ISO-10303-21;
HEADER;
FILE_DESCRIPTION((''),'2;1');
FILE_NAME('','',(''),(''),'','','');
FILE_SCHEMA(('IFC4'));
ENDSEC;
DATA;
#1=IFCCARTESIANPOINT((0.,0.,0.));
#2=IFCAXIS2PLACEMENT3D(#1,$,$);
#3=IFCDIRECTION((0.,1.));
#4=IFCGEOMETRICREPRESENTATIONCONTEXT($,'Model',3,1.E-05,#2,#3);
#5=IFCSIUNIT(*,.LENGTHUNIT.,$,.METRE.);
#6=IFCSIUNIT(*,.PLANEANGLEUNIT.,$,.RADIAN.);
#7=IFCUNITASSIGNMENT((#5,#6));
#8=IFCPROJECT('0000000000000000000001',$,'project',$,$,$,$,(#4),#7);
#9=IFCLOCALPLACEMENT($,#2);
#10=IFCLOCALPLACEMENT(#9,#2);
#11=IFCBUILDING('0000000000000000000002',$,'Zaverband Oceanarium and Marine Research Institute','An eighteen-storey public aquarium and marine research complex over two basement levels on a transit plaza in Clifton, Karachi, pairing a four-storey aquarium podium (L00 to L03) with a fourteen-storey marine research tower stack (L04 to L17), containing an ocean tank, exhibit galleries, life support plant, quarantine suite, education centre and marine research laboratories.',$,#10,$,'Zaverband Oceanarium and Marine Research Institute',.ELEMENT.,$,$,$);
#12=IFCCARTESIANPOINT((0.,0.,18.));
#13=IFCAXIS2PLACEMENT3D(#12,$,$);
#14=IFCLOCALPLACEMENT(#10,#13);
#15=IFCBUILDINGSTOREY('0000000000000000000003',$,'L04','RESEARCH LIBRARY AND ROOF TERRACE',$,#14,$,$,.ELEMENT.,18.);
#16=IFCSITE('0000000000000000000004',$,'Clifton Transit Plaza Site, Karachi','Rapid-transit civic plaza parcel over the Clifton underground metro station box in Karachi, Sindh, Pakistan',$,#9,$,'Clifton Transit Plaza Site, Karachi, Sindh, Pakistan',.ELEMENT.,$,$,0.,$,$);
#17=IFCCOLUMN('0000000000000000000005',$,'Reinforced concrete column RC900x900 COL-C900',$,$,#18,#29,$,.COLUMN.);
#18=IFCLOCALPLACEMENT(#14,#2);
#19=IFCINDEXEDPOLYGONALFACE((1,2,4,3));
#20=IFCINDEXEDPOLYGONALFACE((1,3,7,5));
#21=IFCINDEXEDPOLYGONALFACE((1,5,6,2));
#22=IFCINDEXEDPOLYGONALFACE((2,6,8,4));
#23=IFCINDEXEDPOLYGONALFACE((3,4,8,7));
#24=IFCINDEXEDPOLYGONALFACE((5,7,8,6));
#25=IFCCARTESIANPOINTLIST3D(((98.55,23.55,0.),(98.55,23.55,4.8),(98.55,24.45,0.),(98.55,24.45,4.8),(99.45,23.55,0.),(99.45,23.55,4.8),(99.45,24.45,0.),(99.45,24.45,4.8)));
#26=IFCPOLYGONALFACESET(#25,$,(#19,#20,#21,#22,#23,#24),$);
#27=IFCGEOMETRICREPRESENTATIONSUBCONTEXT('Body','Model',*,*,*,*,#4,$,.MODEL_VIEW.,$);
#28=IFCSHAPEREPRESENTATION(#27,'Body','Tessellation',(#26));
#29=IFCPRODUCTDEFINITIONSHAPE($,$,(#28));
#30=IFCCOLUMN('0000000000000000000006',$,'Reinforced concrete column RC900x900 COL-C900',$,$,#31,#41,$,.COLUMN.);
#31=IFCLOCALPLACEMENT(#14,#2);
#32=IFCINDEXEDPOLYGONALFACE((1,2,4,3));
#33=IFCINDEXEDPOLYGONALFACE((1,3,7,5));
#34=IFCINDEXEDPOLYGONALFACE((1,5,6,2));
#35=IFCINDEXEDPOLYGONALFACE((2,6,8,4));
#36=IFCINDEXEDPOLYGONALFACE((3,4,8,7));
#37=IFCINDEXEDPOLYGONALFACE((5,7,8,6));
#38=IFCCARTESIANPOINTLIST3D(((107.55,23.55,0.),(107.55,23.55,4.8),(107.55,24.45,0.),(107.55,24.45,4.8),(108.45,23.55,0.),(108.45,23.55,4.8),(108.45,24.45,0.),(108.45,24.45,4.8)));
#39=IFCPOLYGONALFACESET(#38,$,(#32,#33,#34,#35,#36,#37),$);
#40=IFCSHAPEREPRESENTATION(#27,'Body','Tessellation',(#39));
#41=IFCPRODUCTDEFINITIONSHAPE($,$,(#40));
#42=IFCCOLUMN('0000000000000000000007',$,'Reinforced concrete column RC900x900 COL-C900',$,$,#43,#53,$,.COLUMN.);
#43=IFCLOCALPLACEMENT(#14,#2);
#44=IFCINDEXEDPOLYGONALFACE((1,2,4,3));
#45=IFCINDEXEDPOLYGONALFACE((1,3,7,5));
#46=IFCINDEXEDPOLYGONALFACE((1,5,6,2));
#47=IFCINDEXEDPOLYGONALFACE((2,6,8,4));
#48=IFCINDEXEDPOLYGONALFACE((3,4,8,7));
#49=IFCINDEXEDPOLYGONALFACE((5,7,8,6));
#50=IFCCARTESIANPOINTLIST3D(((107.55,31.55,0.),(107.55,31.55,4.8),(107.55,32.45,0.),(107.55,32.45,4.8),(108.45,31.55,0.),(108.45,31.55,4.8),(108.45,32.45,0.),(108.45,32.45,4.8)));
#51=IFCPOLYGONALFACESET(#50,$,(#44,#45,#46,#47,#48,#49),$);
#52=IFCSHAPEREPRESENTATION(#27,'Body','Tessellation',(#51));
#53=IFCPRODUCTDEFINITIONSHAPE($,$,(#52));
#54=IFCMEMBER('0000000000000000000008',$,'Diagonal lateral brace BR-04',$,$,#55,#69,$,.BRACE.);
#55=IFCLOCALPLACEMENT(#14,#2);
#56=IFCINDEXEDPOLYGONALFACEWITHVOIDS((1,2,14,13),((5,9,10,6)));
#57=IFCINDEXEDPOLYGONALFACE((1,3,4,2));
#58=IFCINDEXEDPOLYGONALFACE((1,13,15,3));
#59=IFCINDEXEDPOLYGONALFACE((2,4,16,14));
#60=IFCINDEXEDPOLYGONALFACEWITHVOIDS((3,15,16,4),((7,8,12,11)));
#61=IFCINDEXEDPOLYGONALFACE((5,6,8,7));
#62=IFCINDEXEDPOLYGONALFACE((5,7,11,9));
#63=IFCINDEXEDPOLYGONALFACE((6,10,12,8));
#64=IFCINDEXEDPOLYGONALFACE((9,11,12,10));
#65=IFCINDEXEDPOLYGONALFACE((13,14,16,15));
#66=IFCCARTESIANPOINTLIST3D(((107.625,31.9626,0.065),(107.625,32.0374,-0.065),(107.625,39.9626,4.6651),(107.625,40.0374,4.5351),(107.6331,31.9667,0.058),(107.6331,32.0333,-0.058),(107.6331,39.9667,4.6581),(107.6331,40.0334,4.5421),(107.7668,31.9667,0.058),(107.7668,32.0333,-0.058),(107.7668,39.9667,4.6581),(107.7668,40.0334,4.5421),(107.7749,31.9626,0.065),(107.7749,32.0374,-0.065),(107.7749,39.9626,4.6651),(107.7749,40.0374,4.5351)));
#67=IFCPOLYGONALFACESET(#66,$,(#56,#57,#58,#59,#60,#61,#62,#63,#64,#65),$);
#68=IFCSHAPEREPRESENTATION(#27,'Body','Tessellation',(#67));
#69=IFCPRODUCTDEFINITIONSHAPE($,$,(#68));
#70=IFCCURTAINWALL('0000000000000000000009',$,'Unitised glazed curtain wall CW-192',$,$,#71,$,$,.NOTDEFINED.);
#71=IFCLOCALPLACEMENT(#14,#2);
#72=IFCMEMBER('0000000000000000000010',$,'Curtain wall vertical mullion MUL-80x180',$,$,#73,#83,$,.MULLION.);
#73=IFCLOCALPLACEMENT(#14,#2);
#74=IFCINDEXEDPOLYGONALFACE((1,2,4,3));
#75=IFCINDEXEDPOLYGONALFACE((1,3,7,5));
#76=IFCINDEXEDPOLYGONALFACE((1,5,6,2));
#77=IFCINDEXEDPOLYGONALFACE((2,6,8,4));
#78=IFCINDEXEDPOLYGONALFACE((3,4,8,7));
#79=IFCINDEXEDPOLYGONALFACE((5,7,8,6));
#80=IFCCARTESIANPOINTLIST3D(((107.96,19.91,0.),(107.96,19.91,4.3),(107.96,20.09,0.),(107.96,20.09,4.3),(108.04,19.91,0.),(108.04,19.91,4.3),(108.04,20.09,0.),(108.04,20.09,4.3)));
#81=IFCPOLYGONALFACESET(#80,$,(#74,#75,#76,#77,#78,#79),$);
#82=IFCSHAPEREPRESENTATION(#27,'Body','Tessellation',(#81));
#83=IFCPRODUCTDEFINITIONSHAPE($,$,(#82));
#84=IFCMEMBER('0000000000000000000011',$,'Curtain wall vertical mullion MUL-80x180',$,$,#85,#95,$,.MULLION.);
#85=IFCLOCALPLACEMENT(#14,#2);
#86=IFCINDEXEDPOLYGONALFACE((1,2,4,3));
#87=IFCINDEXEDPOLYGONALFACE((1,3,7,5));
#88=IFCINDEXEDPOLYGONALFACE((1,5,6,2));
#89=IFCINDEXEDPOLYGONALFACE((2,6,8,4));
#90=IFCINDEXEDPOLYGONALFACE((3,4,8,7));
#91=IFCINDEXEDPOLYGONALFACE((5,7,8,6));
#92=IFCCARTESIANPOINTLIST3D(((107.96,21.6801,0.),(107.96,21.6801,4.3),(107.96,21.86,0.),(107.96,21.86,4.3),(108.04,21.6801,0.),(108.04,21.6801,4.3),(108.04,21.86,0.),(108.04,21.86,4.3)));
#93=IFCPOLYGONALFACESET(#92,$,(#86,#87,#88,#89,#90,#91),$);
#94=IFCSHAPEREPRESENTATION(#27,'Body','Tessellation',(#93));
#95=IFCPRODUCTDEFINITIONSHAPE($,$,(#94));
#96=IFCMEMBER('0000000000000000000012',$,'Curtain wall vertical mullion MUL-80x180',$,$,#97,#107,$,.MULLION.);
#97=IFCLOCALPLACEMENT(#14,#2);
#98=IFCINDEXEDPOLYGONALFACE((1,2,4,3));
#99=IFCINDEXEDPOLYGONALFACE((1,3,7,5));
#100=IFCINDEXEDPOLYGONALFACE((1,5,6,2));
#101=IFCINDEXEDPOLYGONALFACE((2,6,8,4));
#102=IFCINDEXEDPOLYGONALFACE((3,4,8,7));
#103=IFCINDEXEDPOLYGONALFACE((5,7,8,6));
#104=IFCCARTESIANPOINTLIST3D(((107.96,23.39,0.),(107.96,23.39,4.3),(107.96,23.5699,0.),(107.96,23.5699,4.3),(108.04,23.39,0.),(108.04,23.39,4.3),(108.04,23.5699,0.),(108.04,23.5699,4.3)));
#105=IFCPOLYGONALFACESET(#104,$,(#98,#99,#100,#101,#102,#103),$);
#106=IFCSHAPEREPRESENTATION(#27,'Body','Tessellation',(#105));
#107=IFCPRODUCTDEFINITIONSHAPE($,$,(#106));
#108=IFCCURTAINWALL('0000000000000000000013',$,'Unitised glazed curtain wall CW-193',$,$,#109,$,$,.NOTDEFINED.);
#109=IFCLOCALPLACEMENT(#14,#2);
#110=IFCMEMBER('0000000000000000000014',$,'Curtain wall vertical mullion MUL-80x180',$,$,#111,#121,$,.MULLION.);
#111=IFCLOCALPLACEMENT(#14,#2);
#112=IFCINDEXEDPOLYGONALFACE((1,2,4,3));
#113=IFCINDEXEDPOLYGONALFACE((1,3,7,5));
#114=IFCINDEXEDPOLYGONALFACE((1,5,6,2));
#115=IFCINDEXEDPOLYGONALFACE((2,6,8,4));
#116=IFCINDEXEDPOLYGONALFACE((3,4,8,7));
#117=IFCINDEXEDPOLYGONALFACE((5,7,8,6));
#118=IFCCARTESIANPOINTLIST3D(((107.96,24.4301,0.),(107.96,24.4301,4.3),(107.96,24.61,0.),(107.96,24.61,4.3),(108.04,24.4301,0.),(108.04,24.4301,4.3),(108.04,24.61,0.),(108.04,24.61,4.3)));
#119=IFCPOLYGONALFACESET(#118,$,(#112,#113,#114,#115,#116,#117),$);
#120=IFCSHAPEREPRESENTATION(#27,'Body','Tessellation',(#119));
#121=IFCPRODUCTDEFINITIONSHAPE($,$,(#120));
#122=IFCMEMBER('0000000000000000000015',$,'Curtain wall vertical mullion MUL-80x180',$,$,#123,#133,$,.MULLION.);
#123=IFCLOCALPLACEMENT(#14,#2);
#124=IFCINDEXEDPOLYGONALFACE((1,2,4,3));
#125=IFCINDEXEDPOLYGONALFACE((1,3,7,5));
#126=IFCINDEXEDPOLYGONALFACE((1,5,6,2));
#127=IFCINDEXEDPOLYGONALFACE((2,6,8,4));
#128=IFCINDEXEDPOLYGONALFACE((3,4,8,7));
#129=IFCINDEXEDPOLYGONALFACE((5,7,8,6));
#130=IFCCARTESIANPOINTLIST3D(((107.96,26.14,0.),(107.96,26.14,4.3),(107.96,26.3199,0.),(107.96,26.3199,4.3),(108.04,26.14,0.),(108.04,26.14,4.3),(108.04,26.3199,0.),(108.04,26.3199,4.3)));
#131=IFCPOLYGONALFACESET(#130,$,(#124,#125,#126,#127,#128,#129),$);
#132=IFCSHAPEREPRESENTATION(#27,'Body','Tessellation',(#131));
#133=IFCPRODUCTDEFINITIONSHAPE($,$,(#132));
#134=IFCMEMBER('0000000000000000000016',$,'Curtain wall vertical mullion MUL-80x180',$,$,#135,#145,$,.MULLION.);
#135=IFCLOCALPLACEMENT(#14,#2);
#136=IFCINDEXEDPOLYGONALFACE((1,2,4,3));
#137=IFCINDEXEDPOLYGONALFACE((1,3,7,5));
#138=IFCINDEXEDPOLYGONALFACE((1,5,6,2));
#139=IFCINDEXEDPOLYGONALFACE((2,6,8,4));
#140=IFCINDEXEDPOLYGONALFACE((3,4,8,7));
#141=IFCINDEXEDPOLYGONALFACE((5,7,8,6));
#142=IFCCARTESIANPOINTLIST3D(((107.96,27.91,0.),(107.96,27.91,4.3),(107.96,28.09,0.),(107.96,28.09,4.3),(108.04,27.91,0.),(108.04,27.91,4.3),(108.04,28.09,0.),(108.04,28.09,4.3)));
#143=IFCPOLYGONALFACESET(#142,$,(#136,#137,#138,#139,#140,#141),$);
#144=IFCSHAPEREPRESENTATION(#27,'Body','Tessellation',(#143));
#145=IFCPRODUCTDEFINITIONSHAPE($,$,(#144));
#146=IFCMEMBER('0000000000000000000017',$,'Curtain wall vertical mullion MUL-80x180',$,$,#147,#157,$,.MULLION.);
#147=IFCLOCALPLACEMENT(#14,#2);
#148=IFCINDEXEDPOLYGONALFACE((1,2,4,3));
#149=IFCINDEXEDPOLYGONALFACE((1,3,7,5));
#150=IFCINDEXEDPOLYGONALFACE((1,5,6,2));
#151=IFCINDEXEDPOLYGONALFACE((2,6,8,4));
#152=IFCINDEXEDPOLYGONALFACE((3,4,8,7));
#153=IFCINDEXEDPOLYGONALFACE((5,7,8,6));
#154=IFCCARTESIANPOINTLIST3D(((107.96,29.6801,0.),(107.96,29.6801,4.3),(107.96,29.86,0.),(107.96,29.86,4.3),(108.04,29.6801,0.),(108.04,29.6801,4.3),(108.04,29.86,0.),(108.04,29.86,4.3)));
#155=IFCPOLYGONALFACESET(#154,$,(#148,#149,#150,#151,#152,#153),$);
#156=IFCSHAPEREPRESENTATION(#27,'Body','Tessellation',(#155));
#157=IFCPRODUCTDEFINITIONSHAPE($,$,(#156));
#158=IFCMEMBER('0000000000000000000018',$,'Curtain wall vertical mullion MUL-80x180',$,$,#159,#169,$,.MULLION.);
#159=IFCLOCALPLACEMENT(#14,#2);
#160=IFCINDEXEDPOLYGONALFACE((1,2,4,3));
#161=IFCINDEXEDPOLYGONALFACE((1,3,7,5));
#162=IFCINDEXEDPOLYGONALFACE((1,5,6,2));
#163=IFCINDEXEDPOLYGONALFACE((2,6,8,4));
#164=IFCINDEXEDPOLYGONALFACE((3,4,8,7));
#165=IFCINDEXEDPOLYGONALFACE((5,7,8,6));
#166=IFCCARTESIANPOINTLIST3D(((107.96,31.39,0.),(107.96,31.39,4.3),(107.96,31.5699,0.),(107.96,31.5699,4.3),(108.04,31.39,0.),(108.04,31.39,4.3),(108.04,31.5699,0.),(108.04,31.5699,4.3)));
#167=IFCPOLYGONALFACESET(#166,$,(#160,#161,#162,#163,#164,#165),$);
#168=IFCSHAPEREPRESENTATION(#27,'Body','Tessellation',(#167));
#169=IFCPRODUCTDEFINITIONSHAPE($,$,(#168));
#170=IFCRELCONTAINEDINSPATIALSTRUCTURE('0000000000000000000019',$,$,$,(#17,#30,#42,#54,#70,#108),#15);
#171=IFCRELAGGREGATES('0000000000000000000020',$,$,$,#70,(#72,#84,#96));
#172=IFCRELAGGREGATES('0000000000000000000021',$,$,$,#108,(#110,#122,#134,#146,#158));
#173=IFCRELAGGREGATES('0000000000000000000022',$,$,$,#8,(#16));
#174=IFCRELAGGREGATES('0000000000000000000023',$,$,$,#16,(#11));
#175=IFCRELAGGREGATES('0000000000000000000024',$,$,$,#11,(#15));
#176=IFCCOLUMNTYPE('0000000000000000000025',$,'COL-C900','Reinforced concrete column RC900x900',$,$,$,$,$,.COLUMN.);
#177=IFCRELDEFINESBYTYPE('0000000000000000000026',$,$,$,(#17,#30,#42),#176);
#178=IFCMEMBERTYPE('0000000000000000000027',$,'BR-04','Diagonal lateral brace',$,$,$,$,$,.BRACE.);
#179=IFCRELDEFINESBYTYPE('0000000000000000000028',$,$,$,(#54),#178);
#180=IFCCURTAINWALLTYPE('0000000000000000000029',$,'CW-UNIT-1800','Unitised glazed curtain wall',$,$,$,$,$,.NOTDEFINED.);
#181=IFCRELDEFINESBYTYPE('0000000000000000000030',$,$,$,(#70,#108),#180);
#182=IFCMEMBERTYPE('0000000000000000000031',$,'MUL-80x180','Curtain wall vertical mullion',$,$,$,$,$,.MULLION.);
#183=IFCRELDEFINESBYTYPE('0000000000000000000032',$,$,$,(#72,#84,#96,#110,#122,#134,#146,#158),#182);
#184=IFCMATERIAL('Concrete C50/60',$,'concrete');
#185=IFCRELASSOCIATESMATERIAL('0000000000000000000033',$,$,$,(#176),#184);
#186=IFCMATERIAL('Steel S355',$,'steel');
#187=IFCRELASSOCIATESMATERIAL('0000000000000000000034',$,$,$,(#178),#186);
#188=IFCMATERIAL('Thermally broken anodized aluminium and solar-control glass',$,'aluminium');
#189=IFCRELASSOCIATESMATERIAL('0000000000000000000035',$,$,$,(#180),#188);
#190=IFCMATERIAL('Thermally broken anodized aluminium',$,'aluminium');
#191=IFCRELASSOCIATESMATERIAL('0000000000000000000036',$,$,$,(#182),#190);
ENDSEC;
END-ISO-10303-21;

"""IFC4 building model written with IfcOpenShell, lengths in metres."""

from ifc_helpers import new_model, si_unit, direction, frame, origin, origin_2d, place, context, subcontext, project, spatial, rectangle, hollow_rectangle, extrude, material, material_profile, profile_set, type_object, element, aggregate, save


model = new_model("IFC4")

# Units and contexts
model_context = context("Model", 3, precision=1e-05, world=origin(), true_north=direction((0.0, 1.0)))
body_context = subcontext(model_context, "Body", "Model", "MODEL_VIEW")
ifc_project = project(units=[si_unit("LENGTHUNIT", "METRE"), si_unit("PLANEANGLEUNIT", "RADIAN")], contexts=[model_context])

# Site, building, storey
site_placement = place(None, origin())
site = spatial("IfcSite", under=ifc_project, at=site_placement, Name="Clifton Transit Plaza Site, Karachi", Description="Rapid-transit civic plaza parcel over the Clifton underground metro station box in Karachi, Sindh, Pakistan", LongName="Clifton Transit Plaza Site, Karachi, Sindh, Pakistan", CompositionType="ELEMENT", RefElevation=0.0)
building_placement = place(site_placement, origin())
building = spatial("IfcBuilding", under=site, at=building_placement, Name="Zaverband Oceanarium and Marine Research Institute", Description="An eighteen-storey public aquarium and marine research complex over two basement levels on a transit plaza in Clifton, Karachi, pairing a four-storey aquarium podium (L00 to L03) with a fourteen-storey marine research tower stack (L04 to L17), containing an ocean tank, exhibit galleries, life support plant, quarantine suite, education centre and marine research laboratories.", LongName="Zaverband Oceanarium and Marine Research Institute", CompositionType="ELEMENT")
storey_placement = place(building_placement, frame((0.0, 0.0, 18.0)))
storey = spatial("IfcBuildingStorey", under=building, at=storey_placement, Name="L04", Description="RESEARCH LIBRARY AND ROOF TERRACE", CompositionType="ELEMENT", Elevation=18.0)

# Columns
ifc_material_1 = material(Name="Concrete C50/60", Category="concrete")
ifc_material_profile_1 = material_profile(ifc_material_1, rectangle(XDim=0.8999, YDim=0.8999, at=origin_2d()), Name="RC900x900")
ifc_profile_set_1 = profile_set([ifc_material_profile_1], Name="Concrete C50/60")
column_type = type_object("IfcColumnType", Name="COL-C900", Description="Reinforced concrete column RC900x900", PredefinedType="COLUMN", material=ifc_profile_set_1)
for number, where, z_axis, x_axis, name in (
    (1, (99.0, 24.0, 0.0), (0.0, 0.0, 1.0), (1.0, 0.0, 0.0), "Reinforced concrete column RC900x900 COL-C900"),
    (2, (108.0, 24.0, 0.0), (0.0, 0.0, 1.0), (1.0, 0.0, 0.0), "Reinforced concrete column RC900x900 COL-C900"),
    (3, (108.0, 32.0, 0.0), (0.0, 0.0, 1.0), (1.0, 0.0, 0.0), "Reinforced concrete column RC900x900 COL-C900"),
):
    element("IfcColumn", number, at=place(storey_placement, frame(where, z_axis=z_axis, x_axis=x_axis)), inside=storey, type_object=column_type, Name=name, PredefinedType="COLUMN", context=body_context, shape_type="SweptSolid", body=[
        extrude(rectangle(XDim=0.8999, YDim=0.8999, at=origin_2d()), origin(), (0.0, 0.0, 1.0), 4.8),
    ])

# Member
ifc_material_2 = material(Name="Steel S355", Category="steel")
ifc_material_profile_2 = material_profile(ifc_material_2, hollow_rectangle(XDim=0.1499, YDim=0.1499, WallThickness=0.0081, at=origin_2d()), Name="SHS150x150x8")
ifc_profile_set_2 = profile_set([ifc_material_profile_2], Name="Steel S355")
member_type_1 = type_object("IfcMemberType", Name="BR-04", Description="Diagonal lateral brace", PredefinedType="BRACE", material=ifc_profile_set_2)
member_1_placement = place(storey_placement, frame((107.7, 32.0, 0.0), z_axis=(0.0, 0.866902, 0.498479), x_axis=(-1.0, 0.0, 0.0)))
element("IfcMember", 4, at=member_1_placement, inside=storey, type_object=member_type_1, Name="Diagonal lateral brace BR-04", PredefinedType="BRACE", context=body_context, shape_type="SweptSolid", body=[
    extrude(hollow_rectangle(XDim=0.1499, YDim=0.1499, WallThickness=0.0081, at=origin_2d()), origin(), (0.0, 0.0, 1.0), 9.2283),
])

# Curtain walls, members
ifc_material_3 = material(Name="Thermally broken anodized aluminium and solar-control glass", Category="aluminium")
curtain_wall_type = type_object("IfcCurtainWallType", Name="CW-UNIT-1800", Description="Unitised glazed curtain wall", PredefinedType="NOTDEFINED", material=ifc_material_3)
curtain_wall_1_placement = place(storey_placement, origin())
curtain_wall_1 = element("IfcCurtainWall", 5, at=curtain_wall_1_placement, inside=storey, type_object=curtain_wall_type, Name="Unitised glazed curtain wall CW-192", PredefinedType="NOTDEFINED")
ifc_material_4 = material(Name="Thermally broken anodized aluminium", Category="aluminium")
ifc_material_profile_3 = material_profile(ifc_material_4, rectangle(XDim=0.0801, YDim=0.1799, at=origin_2d()), Name="AL-MUL-80x180")
ifc_profile_set_3 = profile_set([ifc_material_profile_3], Name="Thermally broken anodized aluminium")
member_type_2 = type_object("IfcMemberType", Name="MUL-80x180", Description="Curtain wall vertical mullion", PredefinedType="MULLION", material=ifc_profile_set_3)
member_2_placement = place(storey_placement, frame((108.0, 20.0, 0.0), z_axis=(0.0, 0.0, 1.0), x_axis=(1.0, 0.0, 0.0)))
member_2 = element("IfcMember", 6, at=member_2_placement, type_object=member_type_2, Name="Curtain wall vertical mullion MUL-80x180", PredefinedType="MULLION", context=body_context, shape_type="SweptSolid", body=[
    extrude(rectangle(XDim=0.0801, YDim=0.1799, at=origin_2d()), origin(), (0.0, 0.0, 1.0), 4.3),
])
member_3_placement = place(storey_placement, frame((108.0, 21.77, 0.0), z_axis=(0.0, 0.0, 1.0), x_axis=(1.0, 0.0, 0.0)))
member_3 = element("IfcMember", 7, at=member_3_placement, type_object=member_type_2, Name="Curtain wall vertical mullion MUL-80x180", PredefinedType="MULLION", context=body_context, shape_type="SweptSolid", body=[
    extrude(rectangle(XDim=0.0801, YDim=0.1799, at=origin_2d()), origin(), (0.0, 0.0, 1.0), 4.3),
])
member_4_placement = place(storey_placement, frame((108.0, 23.48, 0.0), z_axis=(0.0, 0.0, 1.0), x_axis=(1.0, 0.0, 0.0)))
member_4 = element("IfcMember", 8, at=member_4_placement, type_object=member_type_2, Name="Curtain wall vertical mullion MUL-80x180", PredefinedType="MULLION", context=body_context, shape_type="SweptSolid", body=[
    extrude(rectangle(XDim=0.0801, YDim=0.1799, at=origin_2d()), origin(), (0.0, 0.0, 1.0), 4.3),
])
curtain_wall_2_placement = place(storey_placement, origin())
curtain_wall_2 = element("IfcCurtainWall", 9, at=curtain_wall_2_placement, inside=storey, type_object=curtain_wall_type, Name="Unitised glazed curtain wall CW-193", PredefinedType="NOTDEFINED")
member_5_placement = place(storey_placement, frame((108.0, 24.52, 0.0), z_axis=(0.0, 0.0, 1.0), x_axis=(1.0, 0.0, 0.0)))
member_5 = element("IfcMember", 10, at=member_5_placement, type_object=member_type_2, Name="Curtain wall vertical mullion MUL-80x180", PredefinedType="MULLION", context=body_context, shape_type="SweptSolid", body=[
    extrude(rectangle(XDim=0.0801, YDim=0.1799, at=origin_2d()), origin(), (0.0, 0.0, 1.0), 4.3),
])
member_6_placement = place(storey_placement, frame((108.0, 26.23, 0.0), z_axis=(0.0, 0.0, 1.0), x_axis=(1.0, 0.0, 0.0)))
member_6 = element("IfcMember", 11, at=member_6_placement, type_object=member_type_2, Name="Curtain wall vertical mullion MUL-80x180", PredefinedType="MULLION", context=body_context, shape_type="SweptSolid", body=[
    extrude(rectangle(XDim=0.0801, YDim=0.1799, at=origin_2d()), origin(), (0.0, 0.0, 1.0), 4.3),
])
member_7_placement = place(storey_placement, frame((108.0, 28.0, 0.0), z_axis=(0.0, 0.0, 1.0), x_axis=(1.0, 0.0, 0.0)))
member_7 = element("IfcMember", 12, at=member_7_placement, type_object=member_type_2, Name="Curtain wall vertical mullion MUL-80x180", PredefinedType="MULLION", context=body_context, shape_type="SweptSolid", body=[
    extrude(rectangle(XDim=0.0801, YDim=0.1799, at=origin_2d()), origin(), (0.0, 0.0, 1.0), 4.3),
])
member_8_placement = place(storey_placement, frame((108.0, 29.77, 0.0), z_axis=(0.0, 0.0, 1.0), x_axis=(1.0, 0.0, 0.0)))
member_8 = element("IfcMember", 13, at=member_8_placement, type_object=member_type_2, Name="Curtain wall vertical mullion MUL-80x180", PredefinedType="MULLION", context=body_context, shape_type="SweptSolid", body=[
    extrude(rectangle(XDim=0.0801, YDim=0.1799, at=origin_2d()), origin(), (0.0, 0.0, 1.0), 4.3),
])
member_9_placement = place(storey_placement, frame((108.0, 31.48, 0.0), z_axis=(0.0, 0.0, 1.0), x_axis=(1.0, 0.0, 0.0)))
member_9 = element("IfcMember", 14, at=member_9_placement, type_object=member_type_2, Name="Curtain wall vertical mullion MUL-80x180", PredefinedType="MULLION", context=body_context, shape_type="SweptSolid", body=[
    extrude(rectangle(XDim=0.0801, YDim=0.1799, at=origin_2d()), origin(), (0.0, 0.0, 1.0), 4.3),
])

aggregate(curtain_wall_1, [member_2, member_3, member_4])
aggregate(curtain_wall_2, [member_5, member_6, member_7, member_8, member_9])

save(model, "model.ifc")
